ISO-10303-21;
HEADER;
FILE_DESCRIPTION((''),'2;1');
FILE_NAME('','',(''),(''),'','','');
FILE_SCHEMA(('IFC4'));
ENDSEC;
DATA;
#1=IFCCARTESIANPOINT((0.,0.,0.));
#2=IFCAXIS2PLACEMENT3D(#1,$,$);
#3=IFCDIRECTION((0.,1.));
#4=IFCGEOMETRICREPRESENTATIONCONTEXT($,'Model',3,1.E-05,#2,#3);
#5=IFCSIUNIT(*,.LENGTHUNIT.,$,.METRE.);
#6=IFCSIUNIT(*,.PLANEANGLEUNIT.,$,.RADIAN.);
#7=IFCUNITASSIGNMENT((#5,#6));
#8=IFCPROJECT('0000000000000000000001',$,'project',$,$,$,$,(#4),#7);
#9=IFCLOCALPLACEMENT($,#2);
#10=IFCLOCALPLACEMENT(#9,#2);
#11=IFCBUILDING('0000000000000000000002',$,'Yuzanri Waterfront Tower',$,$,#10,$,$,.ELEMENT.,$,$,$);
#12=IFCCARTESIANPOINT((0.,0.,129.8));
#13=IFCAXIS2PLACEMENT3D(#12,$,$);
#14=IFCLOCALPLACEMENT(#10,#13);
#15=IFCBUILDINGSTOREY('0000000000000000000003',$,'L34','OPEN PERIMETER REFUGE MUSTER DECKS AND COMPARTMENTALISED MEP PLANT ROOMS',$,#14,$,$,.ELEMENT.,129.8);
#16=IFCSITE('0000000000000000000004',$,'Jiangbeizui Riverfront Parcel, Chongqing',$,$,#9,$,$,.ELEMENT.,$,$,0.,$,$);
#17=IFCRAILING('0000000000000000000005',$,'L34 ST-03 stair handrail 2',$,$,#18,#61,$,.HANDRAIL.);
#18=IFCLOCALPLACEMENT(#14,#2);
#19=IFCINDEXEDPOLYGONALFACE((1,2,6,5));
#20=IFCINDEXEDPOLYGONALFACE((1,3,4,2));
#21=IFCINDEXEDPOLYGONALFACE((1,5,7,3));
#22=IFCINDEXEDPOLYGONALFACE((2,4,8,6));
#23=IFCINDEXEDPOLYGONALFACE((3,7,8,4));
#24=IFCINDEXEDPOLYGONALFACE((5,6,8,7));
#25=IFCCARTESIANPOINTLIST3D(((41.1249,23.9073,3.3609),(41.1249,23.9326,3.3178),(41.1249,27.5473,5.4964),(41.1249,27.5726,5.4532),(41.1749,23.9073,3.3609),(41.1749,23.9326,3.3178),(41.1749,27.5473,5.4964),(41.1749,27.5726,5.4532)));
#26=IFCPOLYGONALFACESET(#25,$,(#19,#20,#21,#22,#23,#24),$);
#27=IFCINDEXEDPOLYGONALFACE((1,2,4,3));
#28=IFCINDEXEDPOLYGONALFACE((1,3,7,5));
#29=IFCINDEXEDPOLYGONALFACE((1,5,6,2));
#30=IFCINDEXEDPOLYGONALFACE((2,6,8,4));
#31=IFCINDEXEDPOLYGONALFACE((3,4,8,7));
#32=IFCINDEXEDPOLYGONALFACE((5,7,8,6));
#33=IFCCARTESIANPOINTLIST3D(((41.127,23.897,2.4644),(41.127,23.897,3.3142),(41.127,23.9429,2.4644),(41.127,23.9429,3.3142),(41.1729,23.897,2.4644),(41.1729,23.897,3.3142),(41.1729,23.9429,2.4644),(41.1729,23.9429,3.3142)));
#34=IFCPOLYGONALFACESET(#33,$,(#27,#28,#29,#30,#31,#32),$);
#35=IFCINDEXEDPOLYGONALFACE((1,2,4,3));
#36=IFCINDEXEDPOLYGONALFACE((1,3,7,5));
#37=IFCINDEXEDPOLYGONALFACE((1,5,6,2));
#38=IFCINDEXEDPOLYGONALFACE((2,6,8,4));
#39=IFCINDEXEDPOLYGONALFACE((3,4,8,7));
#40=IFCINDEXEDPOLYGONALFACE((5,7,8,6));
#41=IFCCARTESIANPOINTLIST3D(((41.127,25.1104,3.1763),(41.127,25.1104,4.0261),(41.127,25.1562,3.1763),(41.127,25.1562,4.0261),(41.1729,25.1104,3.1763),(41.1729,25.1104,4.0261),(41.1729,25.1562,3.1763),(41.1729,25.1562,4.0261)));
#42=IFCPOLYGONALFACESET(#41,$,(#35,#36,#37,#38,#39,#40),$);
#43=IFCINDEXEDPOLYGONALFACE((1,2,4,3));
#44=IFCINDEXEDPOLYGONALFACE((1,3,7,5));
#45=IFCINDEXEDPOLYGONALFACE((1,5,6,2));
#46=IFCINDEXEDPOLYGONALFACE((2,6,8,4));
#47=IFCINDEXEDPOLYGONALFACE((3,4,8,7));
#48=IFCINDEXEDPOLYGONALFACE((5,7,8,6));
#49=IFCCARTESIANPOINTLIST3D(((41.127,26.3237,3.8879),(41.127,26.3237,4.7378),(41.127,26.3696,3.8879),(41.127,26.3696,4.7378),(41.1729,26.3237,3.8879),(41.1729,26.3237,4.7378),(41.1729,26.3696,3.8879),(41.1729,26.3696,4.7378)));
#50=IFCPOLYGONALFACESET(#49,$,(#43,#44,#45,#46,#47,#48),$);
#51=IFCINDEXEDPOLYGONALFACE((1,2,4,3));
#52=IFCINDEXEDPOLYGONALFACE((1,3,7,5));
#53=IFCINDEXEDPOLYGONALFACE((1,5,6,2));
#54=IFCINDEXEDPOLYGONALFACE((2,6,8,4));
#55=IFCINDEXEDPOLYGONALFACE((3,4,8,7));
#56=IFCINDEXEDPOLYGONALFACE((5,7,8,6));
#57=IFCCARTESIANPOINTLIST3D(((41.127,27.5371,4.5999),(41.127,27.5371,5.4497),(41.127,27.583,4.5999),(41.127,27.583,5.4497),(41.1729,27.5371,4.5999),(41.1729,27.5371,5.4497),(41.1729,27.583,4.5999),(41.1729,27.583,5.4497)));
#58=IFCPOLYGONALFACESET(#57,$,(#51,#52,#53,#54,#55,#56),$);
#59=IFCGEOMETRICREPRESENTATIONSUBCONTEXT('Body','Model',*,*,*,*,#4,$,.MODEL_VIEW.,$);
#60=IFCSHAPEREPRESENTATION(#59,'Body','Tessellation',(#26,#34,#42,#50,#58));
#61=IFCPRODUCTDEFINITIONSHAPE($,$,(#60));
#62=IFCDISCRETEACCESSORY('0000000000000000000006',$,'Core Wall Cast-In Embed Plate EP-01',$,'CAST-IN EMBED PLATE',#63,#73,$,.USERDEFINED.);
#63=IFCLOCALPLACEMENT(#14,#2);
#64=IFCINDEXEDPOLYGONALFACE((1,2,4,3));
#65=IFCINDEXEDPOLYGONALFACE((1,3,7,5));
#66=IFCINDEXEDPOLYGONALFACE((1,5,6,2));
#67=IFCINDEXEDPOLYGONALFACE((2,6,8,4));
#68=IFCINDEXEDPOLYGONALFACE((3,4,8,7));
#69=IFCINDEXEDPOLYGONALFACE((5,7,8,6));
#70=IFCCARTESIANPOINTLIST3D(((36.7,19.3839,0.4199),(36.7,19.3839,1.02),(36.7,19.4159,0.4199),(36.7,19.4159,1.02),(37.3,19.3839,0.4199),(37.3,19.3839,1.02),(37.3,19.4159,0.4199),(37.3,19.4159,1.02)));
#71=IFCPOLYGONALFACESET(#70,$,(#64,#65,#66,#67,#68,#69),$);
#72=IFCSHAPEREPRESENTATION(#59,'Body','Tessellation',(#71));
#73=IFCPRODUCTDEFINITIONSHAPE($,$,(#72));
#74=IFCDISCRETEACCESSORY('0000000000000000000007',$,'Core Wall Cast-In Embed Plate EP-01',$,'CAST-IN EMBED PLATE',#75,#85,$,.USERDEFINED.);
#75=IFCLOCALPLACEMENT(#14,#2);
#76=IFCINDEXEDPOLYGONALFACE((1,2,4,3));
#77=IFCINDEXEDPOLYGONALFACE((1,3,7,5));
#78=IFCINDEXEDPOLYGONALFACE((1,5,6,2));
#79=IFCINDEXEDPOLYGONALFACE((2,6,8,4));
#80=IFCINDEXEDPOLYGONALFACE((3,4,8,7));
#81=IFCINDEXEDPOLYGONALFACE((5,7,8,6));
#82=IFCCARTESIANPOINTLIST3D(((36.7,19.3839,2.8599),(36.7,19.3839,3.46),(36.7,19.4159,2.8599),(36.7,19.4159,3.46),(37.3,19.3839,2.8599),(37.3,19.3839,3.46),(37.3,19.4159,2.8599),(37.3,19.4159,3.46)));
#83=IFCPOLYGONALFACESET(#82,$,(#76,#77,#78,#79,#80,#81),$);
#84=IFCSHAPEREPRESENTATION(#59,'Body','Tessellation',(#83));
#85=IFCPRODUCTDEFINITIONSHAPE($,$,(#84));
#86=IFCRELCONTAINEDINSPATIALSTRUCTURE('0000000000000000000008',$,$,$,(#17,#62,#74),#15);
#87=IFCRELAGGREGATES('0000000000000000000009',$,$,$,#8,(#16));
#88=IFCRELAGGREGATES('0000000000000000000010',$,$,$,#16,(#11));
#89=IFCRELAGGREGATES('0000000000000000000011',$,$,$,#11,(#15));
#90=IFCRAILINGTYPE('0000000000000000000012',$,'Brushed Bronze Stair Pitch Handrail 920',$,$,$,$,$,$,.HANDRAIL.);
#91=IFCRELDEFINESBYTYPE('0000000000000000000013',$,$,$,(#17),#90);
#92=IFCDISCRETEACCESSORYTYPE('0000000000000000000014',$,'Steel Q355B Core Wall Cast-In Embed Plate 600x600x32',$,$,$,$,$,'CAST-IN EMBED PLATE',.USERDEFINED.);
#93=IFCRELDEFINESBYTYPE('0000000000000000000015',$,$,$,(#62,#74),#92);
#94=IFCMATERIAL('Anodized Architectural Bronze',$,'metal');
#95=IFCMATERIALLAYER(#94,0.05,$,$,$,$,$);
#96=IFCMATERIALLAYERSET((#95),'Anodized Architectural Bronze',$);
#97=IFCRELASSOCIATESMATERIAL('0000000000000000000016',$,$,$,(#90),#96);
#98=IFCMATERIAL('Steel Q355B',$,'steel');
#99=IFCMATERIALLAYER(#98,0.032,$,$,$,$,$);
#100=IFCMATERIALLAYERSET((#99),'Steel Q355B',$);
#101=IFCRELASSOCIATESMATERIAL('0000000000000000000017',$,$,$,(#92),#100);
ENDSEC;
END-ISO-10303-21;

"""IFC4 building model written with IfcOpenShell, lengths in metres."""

from ifc_helpers import new_model, si_unit, direction, frame, origin, origin_2d, place, context, subcontext, project, spatial, rectangle, extrude, source, transform, mapped, material, layer, layer_set, type_object, element, save


model = new_model("IFC4")

# Units and contexts
model_context = context("Model", 3, precision=1e-05, world=origin(), true_north=direction((0.0, 1.0)))
body_context = subcontext(model_context, "Body", "Model", "MODEL_VIEW")
ifc_project = project(units=[si_unit("LENGTHUNIT", "METRE"), si_unit("PLANEANGLEUNIT", "RADIAN")], contexts=[model_context])

# Site, building, storey
site_placement = place(None, origin())
site = spatial("IfcSite", under=ifc_project, at=site_placement, Name="Jiangbeizui Riverfront Parcel, Chongqing", CompositionType="ELEMENT", RefElevation=0.0)
building_placement = place(site_placement, origin())
building = spatial("IfcBuilding", under=site, at=building_placement, Name="Yuzanri Waterfront Tower", CompositionType="ELEMENT")
storey_placement = place(building_placement, frame((0.0, 0.0, 129.8)))
storey = spatial("IfcBuildingStorey", under=building, at=storey_placement, Name="L34", Description="OPEN PERIMETER REFUGE MUSTER DECKS AND COMPARTMENTALISED MEP PLANT ROOMS", CompositionType="ELEMENT", Elevation=129.8)

# Railing
ifc_material_1 = material(Name="Anodized Architectural Bronze", Category="metal")
ifc_layer_1 = layer(ifc_material_1, 0.05)
ifc_layer_set_1 = layer_set([ifc_layer_1], Name="Anodized Architectural Bronze")
railing_type_1 = type_object("IfcRailingType", Name="Brushed Bronze Stair Pitch Handrail 920", PredefinedType="HANDRAIL", material=ifc_layer_set_1)
shared_shape_1 = source(origin(), body_context, "Body", "SweptSolid", [
    extrude(rectangle(XDim=0.05, YDim=0.05, at=origin_2d()), frame((0.0, 0.0, 0.875), z_axis=(0.0, 0.86253, 0.506006), x_axis=(-1.0, 0.0, 0.0)), (0.0, 0.0, 1.0), 4.2202),
    extrude(rectangle(XDim=0.0459, YDim=0.0459, at=origin_2d()), origin(), (0.0, 0.0, 1.0), 0.8499),
    extrude(rectangle(XDim=0.0459, YDim=0.0459, at=origin_2d()), frame((0.0, 1.2134, 0.7119)), (0.0, 0.0, 1.0), 0.8499),
    extrude(rectangle(XDim=0.0459, YDim=0.0459, at=origin_2d()), frame((0.0, 2.4268, 1.4236)), (0.0, 0.0, 1.0), 0.8499),
    extrude(rectangle(XDim=0.0459, YDim=0.0459, at=origin_2d()), frame((0.0, 3.6401, 2.1355)), (0.0, 0.0, 1.0), 0.8499),
])
railing_1_placement = place(storey_placement, frame((41.1499, 23.9199, 2.4644)))
element("IfcRailing", 1, at=railing_1_placement, inside=storey, type_object=railing_type_1, Name="L34 ST-03 stair handrail 2", PredefinedType="HANDRAIL", context=body_context, shape_type="MappedRepresentation", body=[
    mapped(shared_shape_1, transform((0.0, 0.0, 0.0), scale=1.0)),
])

# Discrete accessories
ifc_material_2 = material(Name="Steel Q355B", Category="steel")
ifc_layer_2 = layer(ifc_material_2, 0.032)
ifc_layer_set_2 = layer_set([ifc_layer_2], Name="Steel Q355B")
discrete_accessory_type = type_object("IfcDiscreteAccessoryType", Name="Steel Q355B Core Wall Cast-In Embed Plate 600x600x32", ElementType="CAST-IN EMBED PLATE", PredefinedType="USERDEFINED", material=ifc_layer_set_2)
shared_shape_2 = source(origin(), body_context, "Body", "SweptSolid", [
    extrude(rectangle(XDim=0.6001, YDim=0.032, at=origin_2d()), origin(), (0.0, 0.0, 1.0), 0.6001),
])
for number, where, z_axis, x_axis, name in (
    (2, (37.0, 19.3999, 0.4199), (0.0, 0.0, 1.0), (1.0, 0.0, 0.0), "Core Wall Cast-In Embed Plate EP-01"),
    (3, (37.0, 19.3999, 2.8599), (0.0, 0.0, 1.0), (1.0, 0.0, 0.0), "Core Wall Cast-In Embed Plate EP-01"),
):
    element("IfcDiscreteAccessory", number, at=place(storey_placement, frame(where, z_axis=z_axis, x_axis=x_axis)), inside=storey, type_object=discrete_accessory_type, Name=name, ObjectType="CAST-IN EMBED PLATE", PredefinedType="USERDEFINED", context=body_context, shape_type="MappedRepresentation", body=[
        mapped(shared_shape_2, transform((0.0, 0.0, 0.0), scale=1.0)),
    ])

save(model, "model.ifc")
